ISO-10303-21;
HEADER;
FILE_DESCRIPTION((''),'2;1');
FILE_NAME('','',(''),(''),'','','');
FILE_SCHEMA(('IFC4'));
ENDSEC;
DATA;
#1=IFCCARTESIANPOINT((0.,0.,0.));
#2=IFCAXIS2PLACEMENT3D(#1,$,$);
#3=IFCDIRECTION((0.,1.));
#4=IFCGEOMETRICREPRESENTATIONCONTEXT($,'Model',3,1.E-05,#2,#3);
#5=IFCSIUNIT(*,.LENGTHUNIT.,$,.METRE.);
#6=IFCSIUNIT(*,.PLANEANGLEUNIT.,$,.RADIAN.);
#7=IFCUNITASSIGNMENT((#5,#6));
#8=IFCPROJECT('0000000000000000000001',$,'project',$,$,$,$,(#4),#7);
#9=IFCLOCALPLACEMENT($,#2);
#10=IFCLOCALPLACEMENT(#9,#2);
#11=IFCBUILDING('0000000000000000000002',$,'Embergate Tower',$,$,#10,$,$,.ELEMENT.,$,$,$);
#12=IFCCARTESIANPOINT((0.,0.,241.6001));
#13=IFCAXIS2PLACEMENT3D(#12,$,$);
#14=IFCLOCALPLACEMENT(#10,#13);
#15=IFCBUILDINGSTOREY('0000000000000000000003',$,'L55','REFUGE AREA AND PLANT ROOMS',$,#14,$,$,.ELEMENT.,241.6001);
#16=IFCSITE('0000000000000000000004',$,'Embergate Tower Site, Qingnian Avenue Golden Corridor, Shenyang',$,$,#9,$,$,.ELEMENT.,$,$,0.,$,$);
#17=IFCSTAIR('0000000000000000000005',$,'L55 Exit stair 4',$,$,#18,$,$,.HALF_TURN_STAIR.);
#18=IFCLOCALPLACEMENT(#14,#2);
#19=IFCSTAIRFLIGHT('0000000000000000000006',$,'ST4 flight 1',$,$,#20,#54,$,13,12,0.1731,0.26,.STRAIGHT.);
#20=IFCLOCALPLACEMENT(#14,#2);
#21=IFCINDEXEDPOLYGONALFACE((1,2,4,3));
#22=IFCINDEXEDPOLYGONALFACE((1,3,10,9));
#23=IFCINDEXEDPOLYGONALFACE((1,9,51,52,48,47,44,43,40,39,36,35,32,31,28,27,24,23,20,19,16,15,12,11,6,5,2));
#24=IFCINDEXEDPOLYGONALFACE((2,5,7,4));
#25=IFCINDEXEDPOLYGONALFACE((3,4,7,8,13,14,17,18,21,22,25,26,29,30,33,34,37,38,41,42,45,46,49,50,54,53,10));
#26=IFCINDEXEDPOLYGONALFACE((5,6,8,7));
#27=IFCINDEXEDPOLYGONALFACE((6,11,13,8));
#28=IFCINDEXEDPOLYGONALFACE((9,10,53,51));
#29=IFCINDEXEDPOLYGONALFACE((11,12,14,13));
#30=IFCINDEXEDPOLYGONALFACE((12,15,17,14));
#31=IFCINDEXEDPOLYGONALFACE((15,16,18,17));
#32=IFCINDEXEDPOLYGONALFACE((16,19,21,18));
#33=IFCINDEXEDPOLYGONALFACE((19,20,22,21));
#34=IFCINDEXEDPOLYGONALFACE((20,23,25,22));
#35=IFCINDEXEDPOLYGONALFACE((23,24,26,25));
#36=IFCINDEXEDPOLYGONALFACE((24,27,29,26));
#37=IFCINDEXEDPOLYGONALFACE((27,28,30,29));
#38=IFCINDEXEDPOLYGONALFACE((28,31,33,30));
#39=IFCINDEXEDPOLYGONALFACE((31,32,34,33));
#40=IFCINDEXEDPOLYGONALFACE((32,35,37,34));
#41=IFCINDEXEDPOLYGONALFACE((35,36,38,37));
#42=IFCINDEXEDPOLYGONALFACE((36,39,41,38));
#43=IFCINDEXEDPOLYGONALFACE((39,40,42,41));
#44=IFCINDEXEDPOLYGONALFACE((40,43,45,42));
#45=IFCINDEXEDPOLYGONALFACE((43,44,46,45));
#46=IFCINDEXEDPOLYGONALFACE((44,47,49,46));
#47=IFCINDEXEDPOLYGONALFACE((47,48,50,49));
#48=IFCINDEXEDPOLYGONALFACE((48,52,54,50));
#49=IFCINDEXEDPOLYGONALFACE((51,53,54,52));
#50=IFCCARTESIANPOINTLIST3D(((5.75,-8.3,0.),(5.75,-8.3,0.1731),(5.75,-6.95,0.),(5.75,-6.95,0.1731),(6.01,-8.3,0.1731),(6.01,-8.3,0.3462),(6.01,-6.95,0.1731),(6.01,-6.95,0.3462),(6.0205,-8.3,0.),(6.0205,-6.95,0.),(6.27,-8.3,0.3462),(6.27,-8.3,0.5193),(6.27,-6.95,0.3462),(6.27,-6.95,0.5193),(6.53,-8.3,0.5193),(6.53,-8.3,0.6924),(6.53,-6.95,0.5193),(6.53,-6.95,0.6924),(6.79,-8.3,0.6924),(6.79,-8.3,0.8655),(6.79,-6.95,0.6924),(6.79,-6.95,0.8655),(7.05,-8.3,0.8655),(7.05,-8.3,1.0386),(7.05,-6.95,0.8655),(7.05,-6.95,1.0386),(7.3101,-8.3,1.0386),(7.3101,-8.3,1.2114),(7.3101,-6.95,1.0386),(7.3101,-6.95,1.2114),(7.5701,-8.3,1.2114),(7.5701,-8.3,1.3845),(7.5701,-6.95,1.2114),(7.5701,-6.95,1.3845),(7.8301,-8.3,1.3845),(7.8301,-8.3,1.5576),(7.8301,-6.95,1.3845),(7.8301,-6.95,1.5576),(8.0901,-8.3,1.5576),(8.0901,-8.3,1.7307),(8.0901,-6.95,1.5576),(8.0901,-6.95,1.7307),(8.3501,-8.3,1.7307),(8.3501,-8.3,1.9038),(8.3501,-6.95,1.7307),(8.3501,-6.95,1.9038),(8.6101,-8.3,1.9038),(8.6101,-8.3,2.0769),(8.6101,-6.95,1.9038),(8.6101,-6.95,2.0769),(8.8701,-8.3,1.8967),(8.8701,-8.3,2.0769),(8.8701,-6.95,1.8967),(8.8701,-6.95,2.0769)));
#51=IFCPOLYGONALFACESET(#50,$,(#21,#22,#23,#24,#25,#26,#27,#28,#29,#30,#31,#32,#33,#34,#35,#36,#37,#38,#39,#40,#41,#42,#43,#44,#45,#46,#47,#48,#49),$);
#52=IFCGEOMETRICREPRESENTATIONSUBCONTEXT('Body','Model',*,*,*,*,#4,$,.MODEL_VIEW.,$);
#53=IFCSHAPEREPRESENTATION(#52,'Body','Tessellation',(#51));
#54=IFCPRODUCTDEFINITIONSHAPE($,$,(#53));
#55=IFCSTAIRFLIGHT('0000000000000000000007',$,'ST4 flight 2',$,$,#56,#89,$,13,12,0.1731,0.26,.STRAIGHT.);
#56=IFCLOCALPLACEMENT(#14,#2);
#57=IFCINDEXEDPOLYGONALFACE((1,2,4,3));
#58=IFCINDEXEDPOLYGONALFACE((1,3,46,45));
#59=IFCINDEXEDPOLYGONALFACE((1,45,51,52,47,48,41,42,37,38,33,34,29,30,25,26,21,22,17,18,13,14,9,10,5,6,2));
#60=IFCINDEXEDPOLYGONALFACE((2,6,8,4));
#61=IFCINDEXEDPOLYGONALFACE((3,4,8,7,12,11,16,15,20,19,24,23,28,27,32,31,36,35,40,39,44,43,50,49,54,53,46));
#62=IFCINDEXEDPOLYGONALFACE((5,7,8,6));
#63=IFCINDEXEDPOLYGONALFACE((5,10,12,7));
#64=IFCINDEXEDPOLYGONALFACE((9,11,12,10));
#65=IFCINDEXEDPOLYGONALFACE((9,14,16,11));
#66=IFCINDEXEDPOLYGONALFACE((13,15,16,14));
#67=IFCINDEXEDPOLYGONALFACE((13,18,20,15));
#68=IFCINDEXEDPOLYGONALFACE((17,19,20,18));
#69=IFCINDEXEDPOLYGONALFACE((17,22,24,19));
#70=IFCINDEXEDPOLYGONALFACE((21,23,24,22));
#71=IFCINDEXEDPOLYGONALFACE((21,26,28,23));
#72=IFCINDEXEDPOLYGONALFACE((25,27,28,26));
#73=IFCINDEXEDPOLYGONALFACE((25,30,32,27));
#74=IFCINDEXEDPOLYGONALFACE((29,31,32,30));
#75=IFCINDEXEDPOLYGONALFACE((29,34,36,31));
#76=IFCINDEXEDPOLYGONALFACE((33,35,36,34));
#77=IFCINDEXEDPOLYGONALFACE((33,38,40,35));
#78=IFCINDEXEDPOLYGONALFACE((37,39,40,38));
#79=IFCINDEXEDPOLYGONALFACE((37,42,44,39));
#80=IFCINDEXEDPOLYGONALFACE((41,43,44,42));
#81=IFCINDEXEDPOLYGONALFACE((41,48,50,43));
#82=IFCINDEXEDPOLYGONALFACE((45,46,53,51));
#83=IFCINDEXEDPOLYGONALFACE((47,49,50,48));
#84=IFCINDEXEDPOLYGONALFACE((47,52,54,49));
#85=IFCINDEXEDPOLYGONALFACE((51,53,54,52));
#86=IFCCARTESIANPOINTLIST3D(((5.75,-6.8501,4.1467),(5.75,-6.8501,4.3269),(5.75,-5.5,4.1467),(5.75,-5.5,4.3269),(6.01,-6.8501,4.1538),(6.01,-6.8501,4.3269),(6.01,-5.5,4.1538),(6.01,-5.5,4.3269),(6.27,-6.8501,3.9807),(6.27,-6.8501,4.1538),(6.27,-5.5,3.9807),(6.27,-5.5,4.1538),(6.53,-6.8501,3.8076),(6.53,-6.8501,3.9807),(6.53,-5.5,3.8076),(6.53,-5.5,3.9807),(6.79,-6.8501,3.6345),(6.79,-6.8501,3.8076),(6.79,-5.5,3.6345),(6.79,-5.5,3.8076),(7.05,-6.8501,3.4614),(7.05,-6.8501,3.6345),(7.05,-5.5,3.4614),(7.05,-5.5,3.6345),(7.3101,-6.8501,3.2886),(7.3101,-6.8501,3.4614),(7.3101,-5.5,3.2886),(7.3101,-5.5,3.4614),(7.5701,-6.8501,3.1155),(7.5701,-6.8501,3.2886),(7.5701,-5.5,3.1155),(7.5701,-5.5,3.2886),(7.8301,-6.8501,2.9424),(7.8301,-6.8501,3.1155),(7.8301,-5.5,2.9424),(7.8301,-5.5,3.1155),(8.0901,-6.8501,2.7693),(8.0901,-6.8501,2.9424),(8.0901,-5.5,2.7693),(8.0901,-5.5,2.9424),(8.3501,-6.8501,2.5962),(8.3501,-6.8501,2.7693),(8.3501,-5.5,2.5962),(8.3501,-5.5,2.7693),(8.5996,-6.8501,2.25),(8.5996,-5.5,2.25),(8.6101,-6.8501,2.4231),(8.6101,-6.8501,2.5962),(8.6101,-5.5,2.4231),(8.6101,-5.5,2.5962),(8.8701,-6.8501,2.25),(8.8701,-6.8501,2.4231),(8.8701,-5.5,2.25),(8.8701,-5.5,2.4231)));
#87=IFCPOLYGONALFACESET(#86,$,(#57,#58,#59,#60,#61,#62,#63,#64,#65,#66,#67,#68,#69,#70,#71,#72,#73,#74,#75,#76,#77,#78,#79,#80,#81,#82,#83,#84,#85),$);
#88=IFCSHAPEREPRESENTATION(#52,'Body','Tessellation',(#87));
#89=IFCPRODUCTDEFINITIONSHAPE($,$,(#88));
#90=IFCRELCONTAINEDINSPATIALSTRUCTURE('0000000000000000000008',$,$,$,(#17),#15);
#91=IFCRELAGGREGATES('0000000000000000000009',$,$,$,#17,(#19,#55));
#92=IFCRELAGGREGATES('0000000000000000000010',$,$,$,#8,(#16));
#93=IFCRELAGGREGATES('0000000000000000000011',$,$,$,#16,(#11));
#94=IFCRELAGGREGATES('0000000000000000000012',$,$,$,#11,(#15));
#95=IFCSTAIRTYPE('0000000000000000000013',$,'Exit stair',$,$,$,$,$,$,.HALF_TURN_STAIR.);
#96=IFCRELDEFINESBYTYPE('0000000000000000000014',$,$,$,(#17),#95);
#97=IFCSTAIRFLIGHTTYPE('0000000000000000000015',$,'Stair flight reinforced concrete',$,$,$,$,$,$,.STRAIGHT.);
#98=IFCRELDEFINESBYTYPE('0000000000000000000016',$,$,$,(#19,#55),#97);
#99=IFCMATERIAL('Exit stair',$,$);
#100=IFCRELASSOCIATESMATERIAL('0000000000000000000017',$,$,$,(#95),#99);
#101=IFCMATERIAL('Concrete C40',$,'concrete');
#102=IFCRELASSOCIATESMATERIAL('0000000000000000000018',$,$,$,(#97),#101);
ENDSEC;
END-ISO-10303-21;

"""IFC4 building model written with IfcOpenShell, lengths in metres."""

from ifc_helpers import new_model, si_unit, direction, frame, origin, place, context, subcontext, project, spatial, polyline, outline, extrude, source, transform, mapped, material, type_object, element, aggregate, save


model = new_model("IFC4")

# Units and contexts
model_context = context("Model", 3, precision=1e-05, world=origin(), true_north=direction((0.0, 1.0)))
body_context = subcontext(model_context, "Body", "Model", "MODEL_VIEW")
ifc_project = project(units=[si_unit("LENGTHUNIT", "METRE"), si_unit("PLANEANGLEUNIT", "RADIAN")], contexts=[model_context])

# Site, building, storey
site_placement = place(None, origin())
site = spatial("IfcSite", under=ifc_project, at=site_placement, Name="Embergate Tower Site, Qingnian Avenue Golden Corridor, Shenyang", CompositionType="ELEMENT", RefElevation=0.0)
building_placement = place(site_placement, origin())
building = spatial("IfcBuilding", under=site, at=building_placement, Name="Embergate Tower", CompositionType="ELEMENT")
storey_placement = place(building_placement, frame((0.0, 0.0, 241.6001)))
storey = spatial("IfcBuildingStorey", under=building, at=storey_placement, Name="L55", Description="REFUGE AREA AND PLANT ROOMS", CompositionType="ELEMENT", Elevation=241.6001)

# Stair
ifc_material_1 = material(Name="Exit stair")
stair_type = type_object("IfcStairType", Name="Exit stair", PredefinedType="HALF_TURN_STAIR", material=ifc_material_1)
stair_placement = place(storey_placement, origin())
stair = element("IfcStair", 1, at=stair_placement, inside=storey, type_object=stair_type, Name="L55 Exit stair 4", PredefinedType="HALF_TURN_STAIR")
ifc_material_2 = material(Name="Concrete C40", Category="concrete")

# Stair flights
stair_flight_type = type_object("IfcStairFlightType", Name="Stair flight reinforced concrete", PredefinedType="STRAIGHT", material=ifc_material_2)
shared_shape_1 = source(origin(), body_context, "Body", "SweptSolid", [
    extrude(outline(polyline([(0.0, 0.0), (0.0, 0.1731), (0.26, 0.1731), (0.26, 0.3462), (0.52, 0.3462), (0.52, 0.5193), (0.78, 0.5193), (0.78, 0.6924), (1.04, 0.6924), (1.04, 0.8655), (1.3, 0.8655), (1.3, 1.0386), (1.5601, 1.0386), (1.5601, 1.2114), (1.8201, 1.2114), (1.8201, 1.3845), (2.0801, 1.3845), (2.0801, 1.5576), (2.3401, 1.5576), (2.3401, 1.7307), (2.6001, 1.7307), (2.6001, 1.9038), (2.8601, 1.9038), (2.8601, 2.0769), (3.1201, 2.0769), (3.1201, 2.25), (3.1201, 1.8967), (0.2705, 0.0), (0.0, 0.0)])), frame((0.0, 0.675, 0.0), z_axis=(0.0, -1.0, 0.0), x_axis=(1.0, 0.0, 0.0)), (0.0, 0.0, 1.0), 1.3501),
])
stair_flight_1_placement = place(storey_placement, frame((5.75, -7.625, 0.0), z_axis=(0.0, 0.0, 1.0), x_axis=(1.0, 0.0, 0.0)))
stair_flight_1 = element("IfcStairFlight", 2, at=stair_flight_1_placement, type_object=stair_flight_type, Name="ST4 flight 1", NumberOfRisers=13, NumberOfTreads=12, PredefinedType="STRAIGHT", RiserHeight=0.1731, TreadLength=0.26, context=body_context, shape_type="MappedRepresentation", body=[
    mapped(shared_shape_1, transform((0.0, 0.0, 0.0))),
])
stair_flight_2_placement = place(storey_placement, frame((8.8701, -6.175, 2.25), z_axis=(0.0, 0.0, 1.0), x_axis=(-1.0, 0.0, 0.0)))
stair_flight_2 = element("IfcStairFlight", 3, at=stair_flight_2_placement, type_object=stair_flight_type, Name="ST4 flight 2", NumberOfRisers=13, NumberOfTreads=12, PredefinedType="STRAIGHT", RiserHeight=0.1731, TreadLength=0.26, context=body_context, shape_type="MappedRepresentation", body=[
    mapped(shared_shape_1, transform((0.0, 0.0, 0.0))),
])
aggregate(stair, [stair_flight_1, stair_flight_2])

save(model, "model.ifc")
